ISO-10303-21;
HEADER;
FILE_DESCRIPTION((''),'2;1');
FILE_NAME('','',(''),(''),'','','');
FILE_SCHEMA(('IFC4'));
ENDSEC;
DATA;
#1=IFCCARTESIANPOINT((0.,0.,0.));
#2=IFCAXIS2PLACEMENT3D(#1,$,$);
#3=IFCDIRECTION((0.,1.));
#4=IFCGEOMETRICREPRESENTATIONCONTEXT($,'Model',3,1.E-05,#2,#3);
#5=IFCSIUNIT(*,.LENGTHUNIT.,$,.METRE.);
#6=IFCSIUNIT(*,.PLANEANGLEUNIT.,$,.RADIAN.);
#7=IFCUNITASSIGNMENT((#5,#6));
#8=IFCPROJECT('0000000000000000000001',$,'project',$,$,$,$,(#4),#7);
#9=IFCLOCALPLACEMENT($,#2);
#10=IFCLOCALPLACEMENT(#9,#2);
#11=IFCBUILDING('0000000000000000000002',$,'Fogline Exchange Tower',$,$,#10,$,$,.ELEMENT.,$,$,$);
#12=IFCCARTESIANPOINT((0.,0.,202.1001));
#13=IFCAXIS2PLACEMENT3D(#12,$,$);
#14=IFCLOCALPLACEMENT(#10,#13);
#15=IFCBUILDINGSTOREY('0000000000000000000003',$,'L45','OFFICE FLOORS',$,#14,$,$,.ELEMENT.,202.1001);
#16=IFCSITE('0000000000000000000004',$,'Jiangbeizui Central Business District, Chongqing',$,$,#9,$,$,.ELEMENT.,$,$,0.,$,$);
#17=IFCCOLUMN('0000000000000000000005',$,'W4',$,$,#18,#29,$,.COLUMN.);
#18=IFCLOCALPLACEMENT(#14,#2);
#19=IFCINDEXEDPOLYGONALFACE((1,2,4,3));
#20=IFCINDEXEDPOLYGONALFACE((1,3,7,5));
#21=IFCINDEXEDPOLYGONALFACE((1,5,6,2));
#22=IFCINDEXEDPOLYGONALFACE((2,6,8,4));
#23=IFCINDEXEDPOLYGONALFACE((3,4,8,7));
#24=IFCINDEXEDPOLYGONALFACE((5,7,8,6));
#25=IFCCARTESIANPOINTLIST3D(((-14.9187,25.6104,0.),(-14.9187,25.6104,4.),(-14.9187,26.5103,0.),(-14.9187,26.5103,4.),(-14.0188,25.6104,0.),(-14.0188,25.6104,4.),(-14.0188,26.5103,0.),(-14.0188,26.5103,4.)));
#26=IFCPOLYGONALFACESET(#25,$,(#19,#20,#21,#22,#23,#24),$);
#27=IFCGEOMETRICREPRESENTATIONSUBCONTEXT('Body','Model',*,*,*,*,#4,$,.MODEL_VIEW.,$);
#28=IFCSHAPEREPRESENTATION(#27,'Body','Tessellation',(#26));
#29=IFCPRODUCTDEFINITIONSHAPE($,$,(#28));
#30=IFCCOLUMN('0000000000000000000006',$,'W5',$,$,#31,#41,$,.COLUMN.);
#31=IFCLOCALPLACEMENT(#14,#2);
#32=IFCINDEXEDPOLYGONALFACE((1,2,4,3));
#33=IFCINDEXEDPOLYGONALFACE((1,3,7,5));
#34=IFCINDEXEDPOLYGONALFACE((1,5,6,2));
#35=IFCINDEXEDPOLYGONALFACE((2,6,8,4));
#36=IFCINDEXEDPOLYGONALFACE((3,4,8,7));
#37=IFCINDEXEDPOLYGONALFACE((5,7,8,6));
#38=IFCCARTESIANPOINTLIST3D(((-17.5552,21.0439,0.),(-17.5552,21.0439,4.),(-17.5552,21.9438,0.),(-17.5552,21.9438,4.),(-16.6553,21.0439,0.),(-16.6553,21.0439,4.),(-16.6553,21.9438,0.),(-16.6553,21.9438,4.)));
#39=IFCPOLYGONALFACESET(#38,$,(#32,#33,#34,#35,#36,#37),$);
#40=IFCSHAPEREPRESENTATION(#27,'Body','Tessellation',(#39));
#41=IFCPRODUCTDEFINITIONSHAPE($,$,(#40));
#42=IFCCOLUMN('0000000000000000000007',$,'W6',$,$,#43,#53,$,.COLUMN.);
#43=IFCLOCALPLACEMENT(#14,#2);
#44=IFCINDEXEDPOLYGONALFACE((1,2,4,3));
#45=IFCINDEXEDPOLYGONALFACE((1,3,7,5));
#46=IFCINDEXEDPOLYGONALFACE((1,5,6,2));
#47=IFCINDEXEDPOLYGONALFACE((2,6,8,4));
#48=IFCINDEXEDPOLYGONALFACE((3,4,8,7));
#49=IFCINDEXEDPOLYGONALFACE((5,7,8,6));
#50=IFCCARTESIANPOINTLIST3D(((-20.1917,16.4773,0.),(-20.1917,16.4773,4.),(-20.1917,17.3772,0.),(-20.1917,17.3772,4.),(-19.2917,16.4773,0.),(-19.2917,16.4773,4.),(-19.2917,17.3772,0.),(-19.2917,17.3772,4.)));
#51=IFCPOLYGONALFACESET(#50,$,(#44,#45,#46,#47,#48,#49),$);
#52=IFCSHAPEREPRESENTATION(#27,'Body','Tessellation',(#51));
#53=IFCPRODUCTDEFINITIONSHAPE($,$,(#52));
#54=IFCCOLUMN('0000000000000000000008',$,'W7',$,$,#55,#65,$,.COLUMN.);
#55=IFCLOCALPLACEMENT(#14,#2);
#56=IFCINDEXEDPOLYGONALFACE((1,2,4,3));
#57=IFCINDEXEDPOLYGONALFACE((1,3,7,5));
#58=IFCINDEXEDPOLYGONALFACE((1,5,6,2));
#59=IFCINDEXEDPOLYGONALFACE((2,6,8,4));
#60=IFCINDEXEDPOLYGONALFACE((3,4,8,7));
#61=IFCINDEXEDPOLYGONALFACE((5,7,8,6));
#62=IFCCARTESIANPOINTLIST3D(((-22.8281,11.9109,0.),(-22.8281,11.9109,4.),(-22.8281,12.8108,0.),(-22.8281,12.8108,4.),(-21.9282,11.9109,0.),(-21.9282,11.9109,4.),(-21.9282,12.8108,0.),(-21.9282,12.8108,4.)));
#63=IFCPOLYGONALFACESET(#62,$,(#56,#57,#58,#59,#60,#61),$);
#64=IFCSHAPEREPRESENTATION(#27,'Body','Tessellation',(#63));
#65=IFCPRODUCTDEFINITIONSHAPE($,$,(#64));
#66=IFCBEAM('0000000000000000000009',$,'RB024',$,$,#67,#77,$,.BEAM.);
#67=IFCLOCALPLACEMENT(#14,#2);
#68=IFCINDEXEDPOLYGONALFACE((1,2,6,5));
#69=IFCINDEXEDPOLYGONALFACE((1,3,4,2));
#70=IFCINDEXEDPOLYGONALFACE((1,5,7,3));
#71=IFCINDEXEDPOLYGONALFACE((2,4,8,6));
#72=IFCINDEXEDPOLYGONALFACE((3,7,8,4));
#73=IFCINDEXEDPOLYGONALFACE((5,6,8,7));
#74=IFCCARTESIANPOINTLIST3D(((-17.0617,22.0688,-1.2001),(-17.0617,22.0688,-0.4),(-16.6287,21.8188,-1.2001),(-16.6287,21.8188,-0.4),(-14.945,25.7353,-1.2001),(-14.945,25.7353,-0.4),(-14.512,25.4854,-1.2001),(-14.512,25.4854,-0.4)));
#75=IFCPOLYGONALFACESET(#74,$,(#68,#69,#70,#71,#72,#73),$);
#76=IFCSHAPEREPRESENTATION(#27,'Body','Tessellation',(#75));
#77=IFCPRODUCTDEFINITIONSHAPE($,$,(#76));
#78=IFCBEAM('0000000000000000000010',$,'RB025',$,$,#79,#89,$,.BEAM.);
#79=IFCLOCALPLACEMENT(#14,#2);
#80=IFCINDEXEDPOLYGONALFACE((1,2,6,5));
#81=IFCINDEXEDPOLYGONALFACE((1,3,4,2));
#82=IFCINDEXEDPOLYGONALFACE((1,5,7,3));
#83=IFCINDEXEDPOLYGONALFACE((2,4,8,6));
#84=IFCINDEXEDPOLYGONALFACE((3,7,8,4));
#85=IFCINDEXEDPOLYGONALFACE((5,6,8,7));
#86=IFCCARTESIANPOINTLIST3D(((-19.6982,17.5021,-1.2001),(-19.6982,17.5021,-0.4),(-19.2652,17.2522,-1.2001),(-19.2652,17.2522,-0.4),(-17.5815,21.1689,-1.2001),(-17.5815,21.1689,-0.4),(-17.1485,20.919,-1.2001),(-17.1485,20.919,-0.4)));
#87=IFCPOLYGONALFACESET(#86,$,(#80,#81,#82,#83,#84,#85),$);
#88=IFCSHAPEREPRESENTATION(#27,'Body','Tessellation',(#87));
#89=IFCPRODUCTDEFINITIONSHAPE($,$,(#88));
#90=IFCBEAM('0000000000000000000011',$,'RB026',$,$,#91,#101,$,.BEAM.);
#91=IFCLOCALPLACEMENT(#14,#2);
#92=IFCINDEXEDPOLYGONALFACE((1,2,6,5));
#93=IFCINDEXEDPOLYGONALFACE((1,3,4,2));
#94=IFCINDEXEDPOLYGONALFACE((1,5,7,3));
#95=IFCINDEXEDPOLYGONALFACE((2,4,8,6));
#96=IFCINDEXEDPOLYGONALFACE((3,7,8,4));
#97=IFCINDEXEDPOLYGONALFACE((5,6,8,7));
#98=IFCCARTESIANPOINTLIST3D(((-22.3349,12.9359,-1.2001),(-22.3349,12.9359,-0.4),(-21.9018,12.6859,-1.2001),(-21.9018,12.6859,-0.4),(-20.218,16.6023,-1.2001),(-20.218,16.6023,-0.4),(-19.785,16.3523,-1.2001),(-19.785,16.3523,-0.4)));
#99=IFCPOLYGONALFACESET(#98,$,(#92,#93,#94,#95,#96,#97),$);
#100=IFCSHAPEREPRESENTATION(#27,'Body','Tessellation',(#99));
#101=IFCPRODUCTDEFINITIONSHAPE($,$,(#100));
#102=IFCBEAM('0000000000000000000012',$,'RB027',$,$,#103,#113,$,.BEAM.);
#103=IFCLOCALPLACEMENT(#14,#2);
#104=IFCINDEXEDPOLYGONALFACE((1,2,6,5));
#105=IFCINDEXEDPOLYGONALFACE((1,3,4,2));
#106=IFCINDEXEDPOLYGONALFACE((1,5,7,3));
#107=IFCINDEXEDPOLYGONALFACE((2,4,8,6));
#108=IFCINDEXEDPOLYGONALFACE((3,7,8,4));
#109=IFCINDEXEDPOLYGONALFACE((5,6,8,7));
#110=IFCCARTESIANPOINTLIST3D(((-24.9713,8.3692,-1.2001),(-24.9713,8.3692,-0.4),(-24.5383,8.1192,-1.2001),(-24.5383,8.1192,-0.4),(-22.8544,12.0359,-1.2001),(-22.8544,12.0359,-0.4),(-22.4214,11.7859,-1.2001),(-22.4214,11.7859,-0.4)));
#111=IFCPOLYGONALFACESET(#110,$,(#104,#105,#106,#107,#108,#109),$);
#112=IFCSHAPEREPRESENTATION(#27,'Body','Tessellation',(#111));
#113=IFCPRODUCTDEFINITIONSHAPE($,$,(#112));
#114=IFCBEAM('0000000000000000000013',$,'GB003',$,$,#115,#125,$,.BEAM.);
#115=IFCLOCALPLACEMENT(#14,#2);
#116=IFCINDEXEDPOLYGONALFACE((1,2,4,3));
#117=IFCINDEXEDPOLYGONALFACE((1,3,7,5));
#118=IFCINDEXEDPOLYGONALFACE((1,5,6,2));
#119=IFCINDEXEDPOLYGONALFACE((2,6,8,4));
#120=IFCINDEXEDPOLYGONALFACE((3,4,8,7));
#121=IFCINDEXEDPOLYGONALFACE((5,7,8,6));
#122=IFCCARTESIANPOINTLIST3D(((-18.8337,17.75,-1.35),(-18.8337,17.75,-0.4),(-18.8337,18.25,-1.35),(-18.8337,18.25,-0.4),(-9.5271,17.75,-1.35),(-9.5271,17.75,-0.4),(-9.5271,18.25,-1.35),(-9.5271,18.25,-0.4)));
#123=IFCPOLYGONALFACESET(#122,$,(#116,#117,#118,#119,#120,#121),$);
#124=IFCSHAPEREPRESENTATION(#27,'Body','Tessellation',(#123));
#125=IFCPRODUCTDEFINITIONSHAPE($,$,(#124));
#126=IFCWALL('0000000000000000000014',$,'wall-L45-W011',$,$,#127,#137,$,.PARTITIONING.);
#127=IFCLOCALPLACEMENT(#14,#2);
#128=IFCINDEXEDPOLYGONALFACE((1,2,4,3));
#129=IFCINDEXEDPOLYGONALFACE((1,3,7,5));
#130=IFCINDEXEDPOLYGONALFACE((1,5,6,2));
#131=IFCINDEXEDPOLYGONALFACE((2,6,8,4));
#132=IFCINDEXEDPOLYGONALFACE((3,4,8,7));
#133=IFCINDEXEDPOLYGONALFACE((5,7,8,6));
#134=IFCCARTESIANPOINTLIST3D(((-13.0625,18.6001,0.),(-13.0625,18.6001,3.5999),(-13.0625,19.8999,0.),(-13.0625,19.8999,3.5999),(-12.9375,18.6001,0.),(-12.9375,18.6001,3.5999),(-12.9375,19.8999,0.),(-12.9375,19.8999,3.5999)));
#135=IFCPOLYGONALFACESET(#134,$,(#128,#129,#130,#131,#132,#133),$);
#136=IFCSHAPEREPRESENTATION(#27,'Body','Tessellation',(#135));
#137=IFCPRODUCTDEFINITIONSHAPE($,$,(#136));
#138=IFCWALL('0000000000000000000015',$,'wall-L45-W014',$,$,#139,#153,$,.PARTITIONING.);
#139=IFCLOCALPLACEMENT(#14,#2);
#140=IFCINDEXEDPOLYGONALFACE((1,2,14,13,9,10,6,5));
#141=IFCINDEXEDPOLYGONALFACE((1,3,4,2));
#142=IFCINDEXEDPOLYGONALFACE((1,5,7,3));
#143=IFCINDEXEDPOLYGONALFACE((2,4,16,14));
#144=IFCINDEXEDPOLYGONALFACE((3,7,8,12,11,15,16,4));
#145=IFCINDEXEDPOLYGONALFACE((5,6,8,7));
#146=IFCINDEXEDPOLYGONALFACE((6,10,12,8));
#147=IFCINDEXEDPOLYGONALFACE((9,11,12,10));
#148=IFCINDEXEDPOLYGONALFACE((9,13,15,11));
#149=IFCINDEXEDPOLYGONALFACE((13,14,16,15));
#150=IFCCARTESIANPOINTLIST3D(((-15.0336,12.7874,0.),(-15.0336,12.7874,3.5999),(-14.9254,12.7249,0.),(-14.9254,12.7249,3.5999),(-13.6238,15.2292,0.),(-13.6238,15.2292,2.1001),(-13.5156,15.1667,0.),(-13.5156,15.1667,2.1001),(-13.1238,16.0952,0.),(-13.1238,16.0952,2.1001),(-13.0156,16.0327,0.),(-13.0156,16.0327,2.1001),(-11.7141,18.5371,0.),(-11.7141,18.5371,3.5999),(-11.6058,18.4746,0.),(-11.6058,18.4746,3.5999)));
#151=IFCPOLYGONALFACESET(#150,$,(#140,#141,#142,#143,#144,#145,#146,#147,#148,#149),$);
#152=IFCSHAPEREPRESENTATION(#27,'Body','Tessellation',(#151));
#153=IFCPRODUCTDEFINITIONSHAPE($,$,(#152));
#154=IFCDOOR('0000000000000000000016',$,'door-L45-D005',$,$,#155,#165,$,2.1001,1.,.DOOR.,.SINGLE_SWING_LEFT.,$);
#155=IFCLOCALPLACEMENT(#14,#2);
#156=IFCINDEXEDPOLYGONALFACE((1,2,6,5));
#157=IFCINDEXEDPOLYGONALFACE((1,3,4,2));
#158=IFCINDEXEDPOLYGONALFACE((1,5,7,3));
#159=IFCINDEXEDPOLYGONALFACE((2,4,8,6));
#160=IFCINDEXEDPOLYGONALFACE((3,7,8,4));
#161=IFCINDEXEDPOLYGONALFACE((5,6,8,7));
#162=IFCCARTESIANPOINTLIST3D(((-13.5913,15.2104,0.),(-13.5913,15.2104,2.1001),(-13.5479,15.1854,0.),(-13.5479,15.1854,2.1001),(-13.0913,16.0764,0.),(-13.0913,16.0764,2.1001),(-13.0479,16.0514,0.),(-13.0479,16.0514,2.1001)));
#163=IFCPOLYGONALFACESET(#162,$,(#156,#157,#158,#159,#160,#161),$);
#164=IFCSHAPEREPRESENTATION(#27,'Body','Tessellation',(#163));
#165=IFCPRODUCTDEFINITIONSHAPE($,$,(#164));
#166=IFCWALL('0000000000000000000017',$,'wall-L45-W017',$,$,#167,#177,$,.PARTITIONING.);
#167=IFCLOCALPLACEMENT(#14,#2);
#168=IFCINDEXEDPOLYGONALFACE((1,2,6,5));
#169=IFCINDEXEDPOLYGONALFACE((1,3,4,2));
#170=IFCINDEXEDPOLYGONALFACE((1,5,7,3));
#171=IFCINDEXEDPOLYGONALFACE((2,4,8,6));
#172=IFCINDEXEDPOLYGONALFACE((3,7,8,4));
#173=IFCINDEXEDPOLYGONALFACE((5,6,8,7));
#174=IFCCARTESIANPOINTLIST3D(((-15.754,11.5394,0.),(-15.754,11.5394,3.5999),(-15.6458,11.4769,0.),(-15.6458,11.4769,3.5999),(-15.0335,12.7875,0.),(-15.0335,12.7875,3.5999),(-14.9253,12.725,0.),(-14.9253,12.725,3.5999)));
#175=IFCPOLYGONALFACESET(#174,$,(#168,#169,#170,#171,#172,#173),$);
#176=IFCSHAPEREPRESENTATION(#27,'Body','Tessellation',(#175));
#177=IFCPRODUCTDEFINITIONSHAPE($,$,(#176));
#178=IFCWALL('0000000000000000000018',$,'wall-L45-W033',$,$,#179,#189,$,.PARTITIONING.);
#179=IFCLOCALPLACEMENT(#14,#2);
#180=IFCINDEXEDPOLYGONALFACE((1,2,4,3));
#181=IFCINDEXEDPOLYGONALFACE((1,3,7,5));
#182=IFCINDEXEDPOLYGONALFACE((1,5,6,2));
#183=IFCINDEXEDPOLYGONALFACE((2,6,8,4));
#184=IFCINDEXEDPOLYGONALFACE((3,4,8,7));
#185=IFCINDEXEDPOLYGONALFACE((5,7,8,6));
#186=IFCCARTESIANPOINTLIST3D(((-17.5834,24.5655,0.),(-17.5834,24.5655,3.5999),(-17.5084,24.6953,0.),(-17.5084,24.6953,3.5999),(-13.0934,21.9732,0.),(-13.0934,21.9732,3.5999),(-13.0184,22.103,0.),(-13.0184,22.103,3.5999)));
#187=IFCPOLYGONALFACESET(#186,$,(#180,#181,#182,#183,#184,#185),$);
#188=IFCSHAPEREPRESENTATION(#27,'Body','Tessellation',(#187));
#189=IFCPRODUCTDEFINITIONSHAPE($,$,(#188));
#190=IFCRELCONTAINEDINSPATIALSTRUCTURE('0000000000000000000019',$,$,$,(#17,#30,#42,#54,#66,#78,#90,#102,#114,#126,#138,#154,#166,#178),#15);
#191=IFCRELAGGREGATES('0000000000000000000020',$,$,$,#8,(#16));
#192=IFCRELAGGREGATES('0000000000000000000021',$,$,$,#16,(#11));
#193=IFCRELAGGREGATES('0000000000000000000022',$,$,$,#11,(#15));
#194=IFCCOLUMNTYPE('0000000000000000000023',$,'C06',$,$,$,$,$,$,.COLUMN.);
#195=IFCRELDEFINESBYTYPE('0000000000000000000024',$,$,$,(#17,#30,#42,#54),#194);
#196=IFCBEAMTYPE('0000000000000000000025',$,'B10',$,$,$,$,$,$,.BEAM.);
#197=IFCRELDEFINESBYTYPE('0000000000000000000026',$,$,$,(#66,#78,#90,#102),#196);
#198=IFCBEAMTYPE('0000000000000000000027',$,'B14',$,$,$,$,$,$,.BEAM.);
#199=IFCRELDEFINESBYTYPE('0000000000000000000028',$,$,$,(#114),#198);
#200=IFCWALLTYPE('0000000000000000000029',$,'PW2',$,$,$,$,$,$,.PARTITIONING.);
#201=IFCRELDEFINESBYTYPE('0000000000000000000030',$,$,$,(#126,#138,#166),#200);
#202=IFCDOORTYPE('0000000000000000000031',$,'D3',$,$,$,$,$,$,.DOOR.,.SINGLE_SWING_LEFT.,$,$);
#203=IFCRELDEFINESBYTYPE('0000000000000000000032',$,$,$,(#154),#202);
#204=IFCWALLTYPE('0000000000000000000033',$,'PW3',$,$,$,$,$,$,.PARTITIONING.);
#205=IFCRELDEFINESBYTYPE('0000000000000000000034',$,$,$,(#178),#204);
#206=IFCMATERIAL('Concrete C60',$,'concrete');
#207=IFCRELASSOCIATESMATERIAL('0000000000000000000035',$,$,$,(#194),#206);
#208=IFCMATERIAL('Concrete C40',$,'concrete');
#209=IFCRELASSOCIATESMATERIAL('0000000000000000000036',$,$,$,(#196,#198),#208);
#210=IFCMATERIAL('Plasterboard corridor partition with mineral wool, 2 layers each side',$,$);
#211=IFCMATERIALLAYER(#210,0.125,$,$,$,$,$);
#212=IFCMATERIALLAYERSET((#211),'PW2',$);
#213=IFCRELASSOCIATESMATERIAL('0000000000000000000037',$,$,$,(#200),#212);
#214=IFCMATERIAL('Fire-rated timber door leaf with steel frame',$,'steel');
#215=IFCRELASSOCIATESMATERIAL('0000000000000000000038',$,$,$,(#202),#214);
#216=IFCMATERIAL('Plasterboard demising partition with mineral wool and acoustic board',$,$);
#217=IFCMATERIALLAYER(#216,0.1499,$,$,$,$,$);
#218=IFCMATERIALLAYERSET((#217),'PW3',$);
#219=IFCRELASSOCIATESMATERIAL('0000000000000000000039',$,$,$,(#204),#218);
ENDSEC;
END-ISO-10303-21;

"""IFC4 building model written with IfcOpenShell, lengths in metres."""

from ifc_helpers import new_model, si_unit, direction, frame, frame_2d, origin, origin_2d, place, context, subcontext, project, spatial, rectangle, extrude, material, layer, layer_set, material_profile, profile_set, type_object, element, fill, save


model = new_model("IFC4")

# Units and contexts
model_context = context("Model", 3, precision=1e-05, world=origin(), true_north=direction((0.0, 1.0)))
body_context = subcontext(model_context, "Body", "Model", "MODEL_VIEW")
ifc_project = project(units=[si_unit("LENGTHUNIT", "METRE"), si_unit("PLANEANGLEUNIT", "RADIAN")], contexts=[model_context])

# Site, building, storey
site_placement = place(None, origin())
site = spatial("IfcSite", under=ifc_project, at=site_placement, Name="Jiangbeizui Central Business District, Chongqing", CompositionType="ELEMENT", RefElevation=0.0)
building_placement = place(site_placement, origin())
building = spatial("IfcBuilding", under=site, at=building_placement, Name="Fogline Exchange Tower", CompositionType="ELEMENT")
storey_placement = place(building_placement, frame((0.0, 0.0, 202.1001)))
storey = spatial("IfcBuildingStorey", under=building, at=storey_placement, Name="L45", Description="OFFICE FLOORS", CompositionType="ELEMENT", Elevation=202.1001)

# Columns
ifc_material_1 = material(Name="Concrete C60", Category="concrete")
ifc_material_profile_1 = material_profile(ifc_material_1, rectangle(XDim=0.8999, YDim=0.8999, at=origin_2d()), Name="RC 900x900")
ifc_profile_set_1 = profile_set([ifc_material_profile_1], Name="Concrete C60")
column_type = type_object("IfcColumnType", Name="C06", PredefinedType="COLUMN", material=ifc_profile_set_1)
for number, where, z_axis, x_axis, name in (
    (1, (-14.4688, 26.0603, 0.0), (0.0, 0.0, 1.0), (1.0, 0.0, 0.0), "W4"),
    (2, (-17.1052, 21.4939, 0.0), (0.0, 0.0, 1.0), (1.0, 0.0, 0.0), "W5"),
    (3, (-19.7417, 16.9272, 0.0), (0.0, 0.0, 1.0), (1.0, 0.0, 0.0), "W6"),
    (4, (-22.3782, 12.3608, 0.0), (0.0, 0.0, 1.0), (1.0, 0.0, 0.0), "W7"),
):
    element("IfcColumn", number, at=place(storey_placement, frame(where, z_axis=z_axis, x_axis=x_axis)), inside=storey, type_object=column_type, Name=name, PredefinedType="COLUMN", context=body_context, shape_type="SweptSolid", body=[
        extrude(rectangle(XDim=0.8999, YDim=0.8999, at=origin_2d()), origin(), (0.0, 0.0, 1.0), 4.0),
    ])

# Beams
ifc_material_2 = material(Name="Concrete C40", Category="concrete")
ifc_material_profile_2 = material_profile(ifc_material_2, rectangle(XDim=0.5, YDim=0.8, at=origin_2d()), Name="RC 500x800")
ifc_profile_set_2 = profile_set([ifc_material_profile_2], Name="Concrete C40")
beam_type_1 = type_object("IfcBeamType", Name="B10", PredefinedType="BEAM", material=ifc_profile_set_2)
beam_1_placement = place(storey_placement, frame((-14.7285, 25.6104, -0.8), z_axis=(-0.499972, -0.866042, 0.0), x_axis=(0.866042, -0.499972, 0.0)))
element("IfcBeam", 5, at=beam_1_placement, inside=storey, type_object=beam_type_1, Name="RB024", PredefinedType="BEAM", context=body_context, shape_type="SweptSolid", body=[
    extrude(rectangle(XDim=0.5, YDim=0.8, at=origin_2d()), origin(), (0.0, 0.0, 1.0), 4.2336),
])
beam_2_placement = place(storey_placement, frame((-17.365, 21.0439, -0.8), z_axis=(-0.499947, -0.866056, 0.0), x_axis=(0.866056, -0.499947, 0.0)))
element("IfcBeam", 6, at=beam_2_placement, inside=storey, type_object=beam_type_1, Name="RB025", PredefinedType="BEAM", context=body_context, shape_type="SweptSolid", body=[
    extrude(rectangle(XDim=0.5, YDim=0.8, at=origin_2d()), origin(), (0.0, 0.0, 1.0), 4.2339),
])
beam_3_placement = place(storey_placement, frame((-20.0015, 16.4773, -0.8), z_axis=(-0.500015, -0.866017, 0.0), x_axis=(0.866017, -0.500015, 0.0)))
element("IfcBeam", 7, at=beam_3_placement, inside=storey, type_object=beam_type_1, Name="RB026", PredefinedType="BEAM", context=body_context, shape_type="SweptSolid", body=[
    extrude(rectangle(XDim=0.5, YDim=0.8, at=origin_2d()), origin(), (0.0, 0.0, 1.0), 4.2336),
])
beam_4_placement = place(storey_placement, frame((-22.6379, 11.9109, -0.8), z_axis=(-0.49999, -0.866031, 0.0), x_axis=(0.866031, -0.49999, 0.0)))
element("IfcBeam", 8, at=beam_4_placement, inside=storey, type_object=beam_type_1, Name="RB027", PredefinedType="BEAM", context=body_context, shape_type="SweptSolid", body=[
    extrude(rectangle(XDim=0.5, YDim=0.8, at=origin_2d()), origin(), (0.0, 0.0, 1.0), 4.2339),
])
ifc_material_profile_3 = material_profile(ifc_material_2, rectangle(XDim=0.5, YDim=0.95, at=origin_2d()), Name="RC 500x950")
ifc_profile_set_3 = profile_set([ifc_material_profile_3], Name="Concrete C40")
beam_type_2 = type_object("IfcBeamType", Name="B14", PredefinedType="BEAM", material=ifc_profile_set_3)
beam_5_placement = place(storey_placement, frame((-18.8337, 18.0, -0.875), z_axis=(1.0, 0.0, 0.0), x_axis=(0.0, 1.0, 0.0)))
element("IfcBeam", 9, at=beam_5_placement, inside=storey, type_object=beam_type_2, Name="GB003", PredefinedType="BEAM", context=body_context, shape_type="SweptSolid", body=[
    extrude(rectangle(XDim=0.5, YDim=0.95, at=origin_2d()), origin(), (0.0, 0.0, 1.0), 9.3066),
])

# Wall
ifc_material_3 = material(Name="Plasterboard corridor partition with mineral wool, 2 layers each side")
ifc_layer_1 = layer(ifc_material_3, 0.125)
ifc_layer_set_1 = layer_set([ifc_layer_1], Name="PW2")
wall_type_1 = type_object("IfcWallType", Name="PW2", PredefinedType="PARTITIONING", material=ifc_layer_set_1)
wall_1_placement = place(storey_placement, frame((-13.0, 18.6001, 0.0), z_axis=(0.0, 0.0, 1.0), x_axis=(0.0, 1.0, 0.0)))
element("IfcWall", 10, at=wall_1_placement, inside=storey, type_object=wall_type_1, Name="wall-L45-W011", PredefinedType="PARTITIONING", context=body_context, shape_type="SweptSolid", body=[
    extrude(rectangle(XDim=1.2998, YDim=0.125, at=frame_2d((0.6499, 0.0))), origin(), (0.0, 0.0, 1.0), 3.5999),
])

# Wall, opening, door
wall_2_placement = place(storey_placement, frame((-14.9795, 12.7561, 0.0), z_axis=(0.0, 0.0, 1.0), x_axis=(0.499995, 0.866028, 0.0)))
wall_2 = element("IfcWall", 11, at=wall_2_placement, inside=storey, type_object=wall_type_1, Name="wall-L45-W014", PredefinedType="PARTITIONING", context=body_context, shape_type="SweptSolid", body=[
    extrude(rectangle(XDim=6.6392, YDim=0.125, at=frame_2d((3.3196, 0.0))), origin(), (0.0, 0.0, 1.0), 3.5999),
])
opening_placement = place(wall_2_placement, frame((2.8196, 0.0, 0.0)))
opening = element("IfcOpeningElement", 12, at=opening_placement, cuts=wall_2, PredefinedType="OPENING", context=body_context, shape_type="SweptSolid", body=[
    extrude(rectangle(XDim=1.0, YDim=2.1001, at=frame_2d((0.5, 1.05))), frame((0.0, 0.0725, 0.0), z_axis=(0.0, -1.0, 0.0), x_axis=(1.0, 0.0, 0.0)), (0.0, 0.0, 1.0), 0.145),
])
ifc_material_4 = material(Name="Fire-rated timber door leaf with steel frame", Category="steel")
door_type = type_object("IfcDoorType", Name="D3", OperationType="SINGLE_SWING_LEFT", PredefinedType="DOOR", material=ifc_material_4)
door_placement = place(opening_placement, origin())
door = element("IfcDoor", 13, at=door_placement, inside=storey, type_object=door_type, Name="door-L45-D005", OperationType="SINGLE_SWING_LEFT", OverallHeight=2.1001, OverallWidth=1.0, PredefinedType="DOOR", context=body_context, shape_type="SweptSolid", body=[
    extrude(rectangle(XDim=1.0, YDim=2.1001, at=frame_2d((0.5, 1.05))), frame((0.0, 0.0249, 0.0), z_axis=(0.0, -1.0, 0.0), x_axis=(1.0, 0.0, 0.0)), (0.0, 0.0, 1.0), 0.05),
])
fill(opening, door)

# Walls
wall_3_placement = place(storey_placement, frame((-15.7, 11.5081, 0.0), z_axis=(0.0, 0.0, 1.0), x_axis=(0.499947, 0.866056, 0.0)))
element("IfcWall", 14, at=wall_3_placement, inside=storey, type_object=wall_type_1, Name="wall-L45-W017", PredefinedType="PARTITIONING", context=body_context, shape_type="SweptSolid", body=[
    extrude(rectangle(XDim=1.4412, YDim=0.125, at=frame_2d((0.7207, 0.0))), origin(), (0.0, 0.0, 1.0), 3.5999),
])
ifc_material_5 = material(Name="Plasterboard demising partition with mineral wool and acoustic board")
ifc_layer_2 = layer(ifc_material_5, 0.1499)
ifc_layer_set_2 = layer_set([ifc_layer_2], Name="PW3")
wall_type_2 = type_object("IfcWallType", Name="PW3", PredefinedType="PARTITIONING", material=ifc_layer_set_2)
wall_4_placement = place(storey_placement, frame((-13.0559, 22.0381, 0.0), z_axis=(0.0, 0.0, 1.0), x_axis=(-0.866026, 0.499998, 0.0)))
element("IfcWall", 15, at=wall_4_placement, inside=storey, type_object=wall_type_2, Name="wall-L45-W033", PredefinedType="PARTITIONING", context=body_context, shape_type="SweptSolid", body=[
    extrude(rectangle(XDim=5.1846, YDim=0.1499, at=frame_2d((2.5923, 0.0))), origin(), (0.0, 0.0, 1.0), 3.5999),
])

save(model, "model.ifc")
